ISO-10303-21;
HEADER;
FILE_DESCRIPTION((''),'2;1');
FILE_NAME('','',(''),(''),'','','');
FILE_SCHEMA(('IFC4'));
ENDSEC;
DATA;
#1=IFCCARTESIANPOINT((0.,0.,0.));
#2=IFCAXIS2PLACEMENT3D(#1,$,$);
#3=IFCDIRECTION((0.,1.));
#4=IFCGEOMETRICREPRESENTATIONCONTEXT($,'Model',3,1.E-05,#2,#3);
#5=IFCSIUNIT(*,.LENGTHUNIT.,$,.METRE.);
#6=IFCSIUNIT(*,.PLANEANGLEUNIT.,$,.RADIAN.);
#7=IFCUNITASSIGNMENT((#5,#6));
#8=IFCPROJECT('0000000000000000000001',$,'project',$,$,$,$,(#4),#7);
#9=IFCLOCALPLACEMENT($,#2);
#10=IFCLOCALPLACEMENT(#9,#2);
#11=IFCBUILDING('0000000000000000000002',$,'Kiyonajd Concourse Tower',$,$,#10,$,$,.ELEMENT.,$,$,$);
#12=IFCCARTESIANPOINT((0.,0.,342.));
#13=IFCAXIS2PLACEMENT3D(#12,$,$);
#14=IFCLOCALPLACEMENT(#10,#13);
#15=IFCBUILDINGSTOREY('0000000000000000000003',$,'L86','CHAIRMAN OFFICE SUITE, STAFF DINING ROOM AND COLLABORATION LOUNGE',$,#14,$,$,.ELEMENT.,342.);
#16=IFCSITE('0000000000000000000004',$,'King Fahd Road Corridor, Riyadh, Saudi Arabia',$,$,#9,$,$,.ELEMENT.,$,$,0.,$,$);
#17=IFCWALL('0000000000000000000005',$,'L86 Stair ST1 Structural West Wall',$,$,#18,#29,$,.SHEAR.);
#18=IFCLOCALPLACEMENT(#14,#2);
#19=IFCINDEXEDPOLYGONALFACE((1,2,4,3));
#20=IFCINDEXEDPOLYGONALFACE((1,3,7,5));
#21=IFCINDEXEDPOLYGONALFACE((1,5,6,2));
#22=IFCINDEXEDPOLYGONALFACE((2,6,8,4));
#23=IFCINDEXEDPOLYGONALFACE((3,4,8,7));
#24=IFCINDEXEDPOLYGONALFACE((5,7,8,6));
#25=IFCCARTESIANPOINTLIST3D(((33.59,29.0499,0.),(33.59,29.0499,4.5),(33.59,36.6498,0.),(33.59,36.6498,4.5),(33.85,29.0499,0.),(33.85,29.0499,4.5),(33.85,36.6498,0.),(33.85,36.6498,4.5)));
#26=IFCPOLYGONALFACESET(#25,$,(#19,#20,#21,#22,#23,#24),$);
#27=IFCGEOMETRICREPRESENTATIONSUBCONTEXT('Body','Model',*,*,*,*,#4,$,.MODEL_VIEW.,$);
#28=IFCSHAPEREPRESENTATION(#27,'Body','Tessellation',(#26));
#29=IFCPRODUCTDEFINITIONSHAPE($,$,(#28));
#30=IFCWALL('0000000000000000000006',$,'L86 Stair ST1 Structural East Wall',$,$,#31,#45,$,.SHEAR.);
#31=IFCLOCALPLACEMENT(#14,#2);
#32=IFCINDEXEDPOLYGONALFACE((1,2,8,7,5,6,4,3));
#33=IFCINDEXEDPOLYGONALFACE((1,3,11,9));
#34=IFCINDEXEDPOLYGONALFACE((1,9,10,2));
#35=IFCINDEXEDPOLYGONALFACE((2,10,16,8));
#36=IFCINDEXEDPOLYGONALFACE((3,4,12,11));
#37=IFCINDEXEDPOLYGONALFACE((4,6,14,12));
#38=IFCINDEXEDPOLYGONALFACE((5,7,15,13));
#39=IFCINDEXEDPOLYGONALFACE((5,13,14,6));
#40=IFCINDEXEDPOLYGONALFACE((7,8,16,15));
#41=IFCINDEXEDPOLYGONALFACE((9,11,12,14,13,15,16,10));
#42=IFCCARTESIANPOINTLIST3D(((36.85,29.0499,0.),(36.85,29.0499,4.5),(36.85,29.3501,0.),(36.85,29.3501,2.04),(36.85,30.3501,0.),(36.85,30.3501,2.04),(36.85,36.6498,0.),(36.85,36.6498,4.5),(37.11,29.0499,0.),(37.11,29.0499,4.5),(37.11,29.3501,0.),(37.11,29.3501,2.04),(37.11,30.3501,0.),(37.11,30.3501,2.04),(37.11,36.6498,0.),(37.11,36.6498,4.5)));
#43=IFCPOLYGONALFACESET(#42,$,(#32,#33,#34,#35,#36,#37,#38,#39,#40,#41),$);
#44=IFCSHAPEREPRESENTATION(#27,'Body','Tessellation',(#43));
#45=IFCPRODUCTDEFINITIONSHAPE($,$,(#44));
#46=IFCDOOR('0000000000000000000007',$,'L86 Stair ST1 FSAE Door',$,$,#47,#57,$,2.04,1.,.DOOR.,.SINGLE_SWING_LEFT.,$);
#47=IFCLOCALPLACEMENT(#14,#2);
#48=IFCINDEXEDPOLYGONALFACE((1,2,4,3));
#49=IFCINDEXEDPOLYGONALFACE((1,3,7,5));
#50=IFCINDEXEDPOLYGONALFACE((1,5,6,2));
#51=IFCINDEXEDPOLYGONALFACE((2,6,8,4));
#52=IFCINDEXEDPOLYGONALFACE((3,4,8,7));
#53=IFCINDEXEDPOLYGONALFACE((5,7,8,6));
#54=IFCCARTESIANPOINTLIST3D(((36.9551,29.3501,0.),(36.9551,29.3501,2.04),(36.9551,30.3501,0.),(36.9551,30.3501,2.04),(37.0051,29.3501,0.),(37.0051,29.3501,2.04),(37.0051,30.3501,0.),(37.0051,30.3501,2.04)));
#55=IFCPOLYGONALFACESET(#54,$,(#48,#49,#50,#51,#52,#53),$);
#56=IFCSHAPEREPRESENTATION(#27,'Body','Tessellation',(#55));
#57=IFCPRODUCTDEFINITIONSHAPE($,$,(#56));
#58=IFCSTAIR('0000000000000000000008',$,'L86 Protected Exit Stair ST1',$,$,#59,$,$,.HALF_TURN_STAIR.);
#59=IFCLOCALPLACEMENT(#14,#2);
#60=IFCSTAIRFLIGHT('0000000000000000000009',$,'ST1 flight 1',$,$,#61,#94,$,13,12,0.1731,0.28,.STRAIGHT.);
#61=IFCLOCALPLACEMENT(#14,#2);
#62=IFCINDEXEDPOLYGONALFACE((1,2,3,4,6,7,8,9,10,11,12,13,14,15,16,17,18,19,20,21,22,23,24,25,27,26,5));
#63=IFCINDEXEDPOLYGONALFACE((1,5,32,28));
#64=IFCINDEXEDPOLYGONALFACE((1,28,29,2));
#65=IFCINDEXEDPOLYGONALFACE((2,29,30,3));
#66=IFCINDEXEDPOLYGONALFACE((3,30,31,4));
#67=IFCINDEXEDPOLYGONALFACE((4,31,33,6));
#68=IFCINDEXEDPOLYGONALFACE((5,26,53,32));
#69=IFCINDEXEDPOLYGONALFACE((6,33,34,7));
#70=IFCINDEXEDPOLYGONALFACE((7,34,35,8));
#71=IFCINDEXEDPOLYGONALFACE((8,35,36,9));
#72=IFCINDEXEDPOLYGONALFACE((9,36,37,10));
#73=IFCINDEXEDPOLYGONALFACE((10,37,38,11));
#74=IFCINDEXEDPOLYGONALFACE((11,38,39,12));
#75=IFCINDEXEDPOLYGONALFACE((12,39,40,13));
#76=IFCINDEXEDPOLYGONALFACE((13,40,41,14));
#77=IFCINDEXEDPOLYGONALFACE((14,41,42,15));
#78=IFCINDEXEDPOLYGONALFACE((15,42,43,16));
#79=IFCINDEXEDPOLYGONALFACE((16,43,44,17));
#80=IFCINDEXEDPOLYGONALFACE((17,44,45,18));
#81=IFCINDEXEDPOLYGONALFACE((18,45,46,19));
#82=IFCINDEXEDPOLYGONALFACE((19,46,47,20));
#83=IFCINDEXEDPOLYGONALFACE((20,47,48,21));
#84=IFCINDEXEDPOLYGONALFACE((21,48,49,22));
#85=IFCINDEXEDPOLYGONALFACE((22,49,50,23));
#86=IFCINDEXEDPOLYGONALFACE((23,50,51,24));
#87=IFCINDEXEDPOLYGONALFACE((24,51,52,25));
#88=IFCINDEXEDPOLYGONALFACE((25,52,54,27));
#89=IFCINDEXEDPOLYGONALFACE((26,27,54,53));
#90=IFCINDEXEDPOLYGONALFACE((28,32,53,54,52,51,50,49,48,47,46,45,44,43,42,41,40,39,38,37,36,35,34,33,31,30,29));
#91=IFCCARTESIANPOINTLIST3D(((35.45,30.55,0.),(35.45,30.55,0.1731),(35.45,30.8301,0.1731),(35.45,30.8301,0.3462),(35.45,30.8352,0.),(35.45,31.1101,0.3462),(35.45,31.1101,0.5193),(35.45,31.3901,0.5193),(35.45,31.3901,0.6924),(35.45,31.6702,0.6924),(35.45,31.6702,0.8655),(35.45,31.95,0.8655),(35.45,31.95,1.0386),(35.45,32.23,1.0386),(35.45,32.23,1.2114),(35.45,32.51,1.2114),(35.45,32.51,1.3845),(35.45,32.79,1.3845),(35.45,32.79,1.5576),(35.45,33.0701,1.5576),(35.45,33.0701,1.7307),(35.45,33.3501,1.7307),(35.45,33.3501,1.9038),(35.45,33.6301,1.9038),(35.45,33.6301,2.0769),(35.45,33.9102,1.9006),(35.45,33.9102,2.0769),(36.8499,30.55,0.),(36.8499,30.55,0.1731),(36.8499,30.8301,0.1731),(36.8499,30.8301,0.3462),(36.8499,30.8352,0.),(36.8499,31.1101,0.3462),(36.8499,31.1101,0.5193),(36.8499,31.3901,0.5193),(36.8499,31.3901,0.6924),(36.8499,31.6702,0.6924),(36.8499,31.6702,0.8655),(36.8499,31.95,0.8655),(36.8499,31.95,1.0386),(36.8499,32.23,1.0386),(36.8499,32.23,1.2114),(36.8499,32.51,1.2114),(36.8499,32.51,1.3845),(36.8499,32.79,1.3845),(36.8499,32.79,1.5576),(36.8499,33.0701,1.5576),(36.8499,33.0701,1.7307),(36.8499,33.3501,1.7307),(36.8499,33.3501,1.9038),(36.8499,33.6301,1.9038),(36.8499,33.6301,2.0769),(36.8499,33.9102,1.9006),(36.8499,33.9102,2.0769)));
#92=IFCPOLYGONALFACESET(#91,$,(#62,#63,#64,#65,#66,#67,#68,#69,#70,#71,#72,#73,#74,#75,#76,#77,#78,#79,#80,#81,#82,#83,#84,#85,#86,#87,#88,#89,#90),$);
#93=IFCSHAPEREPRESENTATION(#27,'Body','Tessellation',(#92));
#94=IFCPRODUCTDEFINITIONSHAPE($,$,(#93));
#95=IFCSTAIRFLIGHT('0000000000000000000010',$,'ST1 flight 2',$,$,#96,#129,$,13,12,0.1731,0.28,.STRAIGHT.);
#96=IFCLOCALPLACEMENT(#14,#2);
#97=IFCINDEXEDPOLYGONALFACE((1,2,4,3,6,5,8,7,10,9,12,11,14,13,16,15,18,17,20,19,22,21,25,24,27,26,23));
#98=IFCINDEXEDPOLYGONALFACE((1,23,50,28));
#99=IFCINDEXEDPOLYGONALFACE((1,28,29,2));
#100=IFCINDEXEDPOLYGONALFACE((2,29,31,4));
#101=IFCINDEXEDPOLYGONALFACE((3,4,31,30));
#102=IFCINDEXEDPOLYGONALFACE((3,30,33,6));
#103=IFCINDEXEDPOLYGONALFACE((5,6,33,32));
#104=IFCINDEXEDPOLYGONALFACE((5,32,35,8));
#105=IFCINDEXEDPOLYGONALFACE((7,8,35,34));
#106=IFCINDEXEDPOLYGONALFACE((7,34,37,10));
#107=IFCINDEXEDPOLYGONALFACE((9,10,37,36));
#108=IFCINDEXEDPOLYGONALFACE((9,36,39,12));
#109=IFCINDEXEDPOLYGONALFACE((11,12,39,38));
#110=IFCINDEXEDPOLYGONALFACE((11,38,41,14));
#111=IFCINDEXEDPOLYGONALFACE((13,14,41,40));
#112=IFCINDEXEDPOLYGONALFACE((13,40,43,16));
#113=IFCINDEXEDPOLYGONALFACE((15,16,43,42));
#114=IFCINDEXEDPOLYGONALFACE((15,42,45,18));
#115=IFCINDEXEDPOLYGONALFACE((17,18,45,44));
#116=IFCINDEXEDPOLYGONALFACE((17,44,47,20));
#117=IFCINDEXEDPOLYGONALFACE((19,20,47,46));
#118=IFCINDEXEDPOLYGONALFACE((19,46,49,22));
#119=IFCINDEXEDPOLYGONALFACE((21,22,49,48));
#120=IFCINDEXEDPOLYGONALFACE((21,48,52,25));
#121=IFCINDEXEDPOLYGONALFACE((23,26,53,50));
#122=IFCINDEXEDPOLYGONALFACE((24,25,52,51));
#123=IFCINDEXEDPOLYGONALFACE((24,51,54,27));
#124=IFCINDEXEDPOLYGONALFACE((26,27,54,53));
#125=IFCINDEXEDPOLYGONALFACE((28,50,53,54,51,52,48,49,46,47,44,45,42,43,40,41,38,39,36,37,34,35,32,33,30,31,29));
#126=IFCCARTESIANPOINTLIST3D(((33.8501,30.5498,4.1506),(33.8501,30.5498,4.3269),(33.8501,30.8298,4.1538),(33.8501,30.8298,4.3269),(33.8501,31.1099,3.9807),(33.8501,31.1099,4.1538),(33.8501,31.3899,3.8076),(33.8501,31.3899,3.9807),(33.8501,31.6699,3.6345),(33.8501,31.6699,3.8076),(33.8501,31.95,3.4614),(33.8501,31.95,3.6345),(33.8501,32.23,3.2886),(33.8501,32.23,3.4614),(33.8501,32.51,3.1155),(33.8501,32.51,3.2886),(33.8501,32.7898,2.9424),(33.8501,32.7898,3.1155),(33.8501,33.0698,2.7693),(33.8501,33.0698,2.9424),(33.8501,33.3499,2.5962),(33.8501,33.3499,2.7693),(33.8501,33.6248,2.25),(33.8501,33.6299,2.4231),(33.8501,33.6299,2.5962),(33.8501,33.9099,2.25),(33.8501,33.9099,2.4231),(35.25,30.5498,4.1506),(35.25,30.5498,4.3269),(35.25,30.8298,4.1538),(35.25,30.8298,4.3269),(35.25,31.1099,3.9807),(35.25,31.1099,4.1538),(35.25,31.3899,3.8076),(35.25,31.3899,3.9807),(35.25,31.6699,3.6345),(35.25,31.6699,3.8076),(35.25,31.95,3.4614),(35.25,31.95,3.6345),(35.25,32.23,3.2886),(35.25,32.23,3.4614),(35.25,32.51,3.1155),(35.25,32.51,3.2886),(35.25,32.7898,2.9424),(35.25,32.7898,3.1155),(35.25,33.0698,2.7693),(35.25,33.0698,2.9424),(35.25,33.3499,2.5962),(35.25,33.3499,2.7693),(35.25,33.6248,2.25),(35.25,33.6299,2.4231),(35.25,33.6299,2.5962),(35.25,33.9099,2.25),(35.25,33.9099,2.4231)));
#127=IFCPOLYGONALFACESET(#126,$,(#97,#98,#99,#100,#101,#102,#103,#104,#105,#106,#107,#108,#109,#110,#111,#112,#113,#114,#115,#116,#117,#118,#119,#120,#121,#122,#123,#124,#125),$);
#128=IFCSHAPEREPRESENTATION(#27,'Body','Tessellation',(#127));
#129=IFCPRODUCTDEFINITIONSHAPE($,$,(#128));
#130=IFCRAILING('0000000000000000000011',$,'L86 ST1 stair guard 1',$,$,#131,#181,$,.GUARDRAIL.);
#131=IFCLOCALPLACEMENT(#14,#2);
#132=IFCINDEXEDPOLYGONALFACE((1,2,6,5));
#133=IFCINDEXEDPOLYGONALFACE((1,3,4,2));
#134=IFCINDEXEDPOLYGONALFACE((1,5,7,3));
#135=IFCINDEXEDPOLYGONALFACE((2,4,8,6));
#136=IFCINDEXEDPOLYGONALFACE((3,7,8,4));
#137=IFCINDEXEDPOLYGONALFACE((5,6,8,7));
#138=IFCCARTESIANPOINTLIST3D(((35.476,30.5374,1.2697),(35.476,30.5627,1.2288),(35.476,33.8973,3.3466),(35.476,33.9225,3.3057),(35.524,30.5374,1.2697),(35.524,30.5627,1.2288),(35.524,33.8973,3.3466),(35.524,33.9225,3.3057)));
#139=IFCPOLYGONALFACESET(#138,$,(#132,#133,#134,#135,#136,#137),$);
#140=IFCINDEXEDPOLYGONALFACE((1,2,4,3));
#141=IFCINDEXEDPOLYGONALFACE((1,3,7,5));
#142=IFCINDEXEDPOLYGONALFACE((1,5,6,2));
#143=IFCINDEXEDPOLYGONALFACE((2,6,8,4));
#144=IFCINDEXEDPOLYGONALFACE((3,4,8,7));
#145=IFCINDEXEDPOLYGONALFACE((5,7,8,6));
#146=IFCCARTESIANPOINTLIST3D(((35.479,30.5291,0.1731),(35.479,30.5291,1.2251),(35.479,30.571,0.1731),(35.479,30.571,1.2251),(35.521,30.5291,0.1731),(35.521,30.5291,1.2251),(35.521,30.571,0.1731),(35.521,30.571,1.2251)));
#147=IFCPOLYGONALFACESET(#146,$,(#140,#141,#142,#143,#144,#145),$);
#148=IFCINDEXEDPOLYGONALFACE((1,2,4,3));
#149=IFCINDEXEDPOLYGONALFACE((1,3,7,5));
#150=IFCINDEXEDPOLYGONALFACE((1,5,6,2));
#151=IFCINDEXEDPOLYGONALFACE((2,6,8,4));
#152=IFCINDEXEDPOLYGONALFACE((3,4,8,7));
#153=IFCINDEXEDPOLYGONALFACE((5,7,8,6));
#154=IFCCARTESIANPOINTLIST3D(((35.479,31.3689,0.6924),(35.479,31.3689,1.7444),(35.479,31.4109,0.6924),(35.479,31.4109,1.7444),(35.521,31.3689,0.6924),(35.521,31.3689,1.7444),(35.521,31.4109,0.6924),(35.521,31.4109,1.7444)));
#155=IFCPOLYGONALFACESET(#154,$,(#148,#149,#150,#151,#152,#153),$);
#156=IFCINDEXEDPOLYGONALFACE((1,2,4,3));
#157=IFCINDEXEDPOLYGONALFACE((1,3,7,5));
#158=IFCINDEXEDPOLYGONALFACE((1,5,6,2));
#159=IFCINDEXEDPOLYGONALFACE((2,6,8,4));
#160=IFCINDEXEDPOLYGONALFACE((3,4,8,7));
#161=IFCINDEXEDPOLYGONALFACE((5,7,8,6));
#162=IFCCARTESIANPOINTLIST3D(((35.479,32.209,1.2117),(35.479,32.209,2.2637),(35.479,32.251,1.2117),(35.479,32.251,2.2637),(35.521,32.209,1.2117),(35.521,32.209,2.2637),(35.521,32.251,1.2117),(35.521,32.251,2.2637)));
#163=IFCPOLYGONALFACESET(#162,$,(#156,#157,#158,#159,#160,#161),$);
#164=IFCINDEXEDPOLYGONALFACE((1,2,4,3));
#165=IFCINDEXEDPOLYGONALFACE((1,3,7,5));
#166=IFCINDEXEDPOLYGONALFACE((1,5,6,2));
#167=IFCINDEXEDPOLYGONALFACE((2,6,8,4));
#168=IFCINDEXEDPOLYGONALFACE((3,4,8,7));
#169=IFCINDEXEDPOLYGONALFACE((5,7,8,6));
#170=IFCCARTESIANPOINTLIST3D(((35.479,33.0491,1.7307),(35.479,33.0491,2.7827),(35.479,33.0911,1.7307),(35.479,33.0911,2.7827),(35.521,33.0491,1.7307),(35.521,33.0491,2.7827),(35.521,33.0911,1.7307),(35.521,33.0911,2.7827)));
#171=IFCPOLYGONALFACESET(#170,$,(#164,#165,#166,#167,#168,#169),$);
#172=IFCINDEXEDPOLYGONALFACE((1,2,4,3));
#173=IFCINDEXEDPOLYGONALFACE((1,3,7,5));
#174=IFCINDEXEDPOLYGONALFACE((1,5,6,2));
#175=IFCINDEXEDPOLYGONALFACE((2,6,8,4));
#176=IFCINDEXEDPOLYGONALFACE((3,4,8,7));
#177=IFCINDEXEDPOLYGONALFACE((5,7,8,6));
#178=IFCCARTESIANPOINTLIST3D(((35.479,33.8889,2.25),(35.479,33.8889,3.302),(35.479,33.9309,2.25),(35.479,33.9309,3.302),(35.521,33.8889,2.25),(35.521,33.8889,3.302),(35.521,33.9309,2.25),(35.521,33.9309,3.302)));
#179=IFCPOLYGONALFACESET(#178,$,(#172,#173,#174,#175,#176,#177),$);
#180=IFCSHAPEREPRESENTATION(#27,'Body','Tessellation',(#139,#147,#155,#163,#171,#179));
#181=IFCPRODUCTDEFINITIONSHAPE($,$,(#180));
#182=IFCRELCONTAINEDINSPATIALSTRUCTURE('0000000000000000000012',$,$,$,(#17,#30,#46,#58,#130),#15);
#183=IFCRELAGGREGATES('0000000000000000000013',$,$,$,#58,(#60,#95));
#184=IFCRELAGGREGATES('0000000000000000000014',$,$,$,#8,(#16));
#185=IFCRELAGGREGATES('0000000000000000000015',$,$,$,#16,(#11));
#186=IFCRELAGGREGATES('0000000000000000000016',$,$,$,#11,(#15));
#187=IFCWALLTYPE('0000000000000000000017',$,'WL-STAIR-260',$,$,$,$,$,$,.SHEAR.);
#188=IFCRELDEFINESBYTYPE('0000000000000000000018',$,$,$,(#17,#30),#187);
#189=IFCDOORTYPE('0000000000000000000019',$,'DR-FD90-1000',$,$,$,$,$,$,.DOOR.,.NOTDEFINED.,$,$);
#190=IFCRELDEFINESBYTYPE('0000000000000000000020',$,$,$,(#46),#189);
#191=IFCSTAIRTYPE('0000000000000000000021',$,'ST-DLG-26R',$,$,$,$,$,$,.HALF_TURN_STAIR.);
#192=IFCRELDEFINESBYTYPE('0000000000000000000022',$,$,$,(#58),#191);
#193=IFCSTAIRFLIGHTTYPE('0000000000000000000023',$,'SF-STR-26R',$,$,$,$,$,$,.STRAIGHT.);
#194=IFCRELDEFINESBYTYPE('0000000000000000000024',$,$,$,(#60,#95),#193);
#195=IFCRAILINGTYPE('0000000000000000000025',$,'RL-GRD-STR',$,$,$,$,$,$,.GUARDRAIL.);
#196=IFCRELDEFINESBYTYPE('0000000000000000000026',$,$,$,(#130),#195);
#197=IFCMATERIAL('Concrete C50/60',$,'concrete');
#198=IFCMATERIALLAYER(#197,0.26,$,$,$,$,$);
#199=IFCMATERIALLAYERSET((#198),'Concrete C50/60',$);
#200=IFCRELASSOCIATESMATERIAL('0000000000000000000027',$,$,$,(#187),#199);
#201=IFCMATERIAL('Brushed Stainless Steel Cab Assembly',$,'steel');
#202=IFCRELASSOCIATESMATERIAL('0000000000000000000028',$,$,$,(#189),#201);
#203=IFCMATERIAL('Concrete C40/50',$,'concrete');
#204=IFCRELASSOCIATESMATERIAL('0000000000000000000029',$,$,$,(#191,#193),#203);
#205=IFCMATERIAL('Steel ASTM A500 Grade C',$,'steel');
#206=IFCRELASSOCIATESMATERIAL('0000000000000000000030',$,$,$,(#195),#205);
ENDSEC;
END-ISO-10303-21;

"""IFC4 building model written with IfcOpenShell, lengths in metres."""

from ifc_helpers import new_model, si_unit, direction, frame, frame_2d, origin, origin_2d, place, context, subcontext, project, spatial, polyline, rectangle, outline, extrude, material, layer, layer_set, type_object, element, fill, aggregate, save


model = new_model("IFC4")

# Units and contexts
model_context = context("Model", 3, precision=1e-05, world=origin(), true_north=direction((0.0, 1.0)))
body_context = subcontext(model_context, "Body", "Model", "MODEL_VIEW")
ifc_project = project(units=[si_unit("LENGTHUNIT", "METRE"), si_unit("PLANEANGLEUNIT", "RADIAN")], contexts=[model_context])

# Site, building, storey
site_placement = place(None, origin())
site = spatial("IfcSite", under=ifc_project, at=site_placement, Name="King Fahd Road Corridor, Riyadh, Saudi Arabia", CompositionType="ELEMENT", RefElevation=0.0)
building_placement = place(site_placement, origin())
building = spatial("IfcBuilding", under=site, at=building_placement, Name="Kiyonajd Concourse Tower", CompositionType="ELEMENT")
storey_placement = place(building_placement, frame((0.0, 0.0, 342.0)))
storey = spatial("IfcBuildingStorey", under=building, at=storey_placement, Name="L86", Description="CHAIRMAN OFFICE SUITE, STAFF DINING ROOM AND COLLABORATION LOUNGE", CompositionType="ELEMENT", Elevation=342.0)

# Shared definitions
ifc_material_1 = material(Name="Concrete C50/60", Category="concrete")

# Shared definitions
ifc_material_2 = material(Name="Brushed Stainless Steel Cab Assembly", Category="steel")

# Wall
ifc_layer_1 = layer(ifc_material_1, 0.26)
ifc_layer_set_1 = layer_set([ifc_layer_1], Name="Concrete C50/60")
wall_type_1 = type_object("IfcWallType", Name="WL-STAIR-260", PredefinedType="SHEAR", material=ifc_layer_set_1)
wall_1_placement = place(storey_placement, frame((33.72, 29.05, 0.0), z_axis=(0.0, 0.0, 1.0), x_axis=(0.0, 1.0, 0.0)))
element("IfcWall", 1, at=wall_1_placement, inside=storey, type_object=wall_type_1, Name="L86 Stair ST1 Structural West Wall", PredefinedType="SHEAR", context=body_context, shape_type="SweptSolid", body=[
    extrude(rectangle(XDim=7.5999, YDim=0.26, at=frame_2d((3.7998, 0.0))), origin(), (0.0, 0.0, 1.0), 4.5),
])

# Wall, opening, door
wall_2_placement = place(storey_placement, frame((36.98, 29.05, 0.0), z_axis=(0.0, 0.0, 1.0), x_axis=(0.0, 1.0, 0.0)))
wall_2 = element("IfcWall", 2, at=wall_2_placement, inside=storey, type_object=wall_type_1, Name="L86 Stair ST1 Structural East Wall", PredefinedType="SHEAR", context=body_context, shape_type="SweptSolid", body=[
    extrude(rectangle(XDim=7.5999, YDim=0.26, at=frame_2d((3.7998, 0.0))), origin(), (0.0, 0.0, 1.0), 4.5),
])
opening_1_placement = place(wall_2_placement, frame((0.3, 0.0, 0.0)))
opening_1 = element("IfcOpeningElement", 3, at=opening_1_placement, cuts=wall_2, PredefinedType="OPENING", context=body_context, shape_type="SweptSolid", body=[
    extrude(rectangle(XDim=1.0, YDim=2.04, at=frame_2d((0.5, 1.02))), frame((0.0, 0.1399, 0.0), z_axis=(0.0, -1.0, 0.0), x_axis=(1.0, 0.0, 0.0)), (0.0, 0.0, 1.0), 0.28),
])
door_type_1 = type_object("IfcDoorType", Name="DR-FD90-1000", OperationType="NOTDEFINED", PredefinedType="DOOR", material=ifc_material_2)
door_1_placement = place(opening_1_placement, origin())
door_1 = element("IfcDoor", 4, at=door_1_placement, inside=storey, type_object=door_type_1, Name="L86 Stair ST1 FSAE Door", OperationType="SINGLE_SWING_LEFT", OverallHeight=2.04, OverallWidth=1.0, PredefinedType="DOOR", context=body_context, shape_type="SweptSolid", body=[
    extrude(rectangle(XDim=1.0, YDim=2.04, at=frame_2d((0.5, 1.02))), frame((0.0, 0.0249, 0.0), z_axis=(0.0, -1.0, 0.0), x_axis=(1.0, 0.0, 0.0)), (0.0, 0.0, 1.0), 0.05),
])
fill(opening_1, door_1)

# Stair, stair flights
ifc_material_3 = material(Name="Concrete C40/50", Category="concrete")
stair_type = type_object("IfcStairType", Name="ST-DLG-26R", PredefinedType="HALF_TURN_STAIR", material=ifc_material_3)
stair_placement = place(storey_placement, origin())
stair = element("IfcStair", 5, at=stair_placement, inside=storey, type_object=stair_type, Name="L86 Protected Exit Stair ST1", PredefinedType="HALF_TURN_STAIR")
stair_flight_type = type_object("IfcStairFlightType", Name="SF-STR-26R", PredefinedType="STRAIGHT", material=ifc_material_3)
stair_flight_1_placement = place(storey_placement, frame((36.1499, 30.55, 0.0), z_axis=(0.0, 0.0, 1.0), x_axis=(0.0, 1.0, 0.0)))
stair_flight_1 = element("IfcStairFlight", 6, at=stair_flight_1_placement, type_object=stair_flight_type, Name="ST1 flight 1", NumberOfRisers=13, NumberOfTreads=12, PredefinedType="STRAIGHT", RiserHeight=0.1731, TreadLength=0.28, context=body_context, shape_type="SweptSolid", body=[
    extrude(outline(polyline([(0.0, 0.0), (0.0, 0.1731), (0.28, 0.1731), (0.28, 0.3462), (0.5601, 0.3462), (0.5601, 0.5193), (0.8401, 0.5193), (0.8401, 0.6924), (1.1201, 0.6924), (1.1201, 0.8655), (1.3999, 0.8655), (1.3999, 1.0386), (1.6799, 1.0386), (1.6799, 1.2114), (1.96, 1.2114), (1.96, 1.3845), (2.24, 1.3845), (2.24, 1.5576), (2.52, 1.5576), (2.52, 1.7307), (2.8, 1.7307), (2.8, 1.9038), (3.0801, 1.9038), (3.0801, 2.0769), (3.3601, 2.0769), (3.3601, 2.25), (3.3601, 1.9006), (0.2852, 0.0), (0.0, 0.0)])), frame((0.0, 0.7, 0.0), z_axis=(0.0, -1.0, 0.0), x_axis=(1.0, 0.0, 0.0)), (0.0, 0.0, 1.0), 1.3999),
])
stair_flight_2_placement = place(storey_placement, frame((34.55, 33.9099, 2.25), z_axis=(0.0, 0.0, 1.0), x_axis=(0.0, -1.0, 0.0)))
stair_flight_2 = element("IfcStairFlight", 7, at=stair_flight_2_placement, type_object=stair_flight_type, Name="ST1 flight 2", NumberOfRisers=13, NumberOfTreads=12, PredefinedType="STRAIGHT", RiserHeight=0.1731, TreadLength=0.28, context=body_context, shape_type="SweptSolid", body=[
    extrude(outline(polyline([(0.0, 0.0), (0.0, 0.1731), (0.28, 0.1731), (0.28, 0.3462), (0.5601, 0.3462), (0.5601, 0.5193), (0.8401, 0.5193), (0.8401, 0.6924), (1.1201, 0.6924), (1.1201, 0.8655), (1.3999, 0.8655), (1.3999, 1.0386), (1.6799, 1.0386), (1.6799, 1.2114), (1.96, 1.2114), (1.96, 1.3845), (2.24, 1.3845), (2.24, 1.5576), (2.52, 1.5576), (2.52, 1.7307), (2.8, 1.7307), (2.8, 1.9038), (3.0801, 1.9038), (3.0801, 2.0769), (3.3601, 2.0769), (3.3601, 2.25), (3.3601, 1.9006), (0.2852, 0.0), (0.0, 0.0)])), frame((0.0, 0.7, 0.0), z_axis=(0.0, -1.0, 0.0), x_axis=(1.0, 0.0, 0.0)), (0.0, 0.0, 1.0), 1.3999),
])
aggregate(stair, [stair_flight_1, stair_flight_2])

# Railing
ifc_material_4 = material(Name="Steel ASTM A500 Grade C", Category="steel")
railing_type_1 = type_object("IfcRailingType", Name="RL-GRD-STR", PredefinedType="GUARDRAIL", material=ifc_material_4)
railing_1_placement = place(storey_placement, frame((35.5, 30.55, 0.1731)))
element("IfcRailing", 8, at=railing_1_placement, inside=storey, type_object=railing_type_1, Name="L86 ST1 stair guard 1", PredefinedType="GUARDRAIL", context=body_context, shape_type="SweptSolid", body=[
    extrude(rectangle(XDim=0.0481, YDim=0.0481, at=origin_2d()), frame((0.0, 0.0, 1.0762), z_axis=(0.0, 0.850606, 0.525803), x_axis=(-1.0, 0.0, 0.0)), (0.0, 0.0, 1.0), 3.95),
    extrude(rectangle(XDim=0.042, YDim=0.042, at=origin_2d()), origin(), (0.0, 0.0, 1.0), 1.052),
    extrude(rectangle(XDim=0.042, YDim=0.042, at=origin_2d()), frame((0.0, 0.8398, 0.5193)), (0.0, 0.0, 1.0), 1.052),
    extrude(rectangle(XDim=0.042, YDim=0.042, at=origin_2d()), frame((0.0, 1.6799, 1.0386)), (0.0, 0.0, 1.0), 1.052),
    extrude(rectangle(XDim=0.042, YDim=0.042, at=origin_2d()), frame((0.0, 2.52, 1.5576)), (0.0, 0.0, 1.0), 1.052),
    extrude(rectangle(XDim=0.042, YDim=0.042, at=origin_2d()), frame((0.0, 3.3599, 2.0769)), (0.0, 0.0, 1.0), 1.052),
])

save(model, "model.ifc")
